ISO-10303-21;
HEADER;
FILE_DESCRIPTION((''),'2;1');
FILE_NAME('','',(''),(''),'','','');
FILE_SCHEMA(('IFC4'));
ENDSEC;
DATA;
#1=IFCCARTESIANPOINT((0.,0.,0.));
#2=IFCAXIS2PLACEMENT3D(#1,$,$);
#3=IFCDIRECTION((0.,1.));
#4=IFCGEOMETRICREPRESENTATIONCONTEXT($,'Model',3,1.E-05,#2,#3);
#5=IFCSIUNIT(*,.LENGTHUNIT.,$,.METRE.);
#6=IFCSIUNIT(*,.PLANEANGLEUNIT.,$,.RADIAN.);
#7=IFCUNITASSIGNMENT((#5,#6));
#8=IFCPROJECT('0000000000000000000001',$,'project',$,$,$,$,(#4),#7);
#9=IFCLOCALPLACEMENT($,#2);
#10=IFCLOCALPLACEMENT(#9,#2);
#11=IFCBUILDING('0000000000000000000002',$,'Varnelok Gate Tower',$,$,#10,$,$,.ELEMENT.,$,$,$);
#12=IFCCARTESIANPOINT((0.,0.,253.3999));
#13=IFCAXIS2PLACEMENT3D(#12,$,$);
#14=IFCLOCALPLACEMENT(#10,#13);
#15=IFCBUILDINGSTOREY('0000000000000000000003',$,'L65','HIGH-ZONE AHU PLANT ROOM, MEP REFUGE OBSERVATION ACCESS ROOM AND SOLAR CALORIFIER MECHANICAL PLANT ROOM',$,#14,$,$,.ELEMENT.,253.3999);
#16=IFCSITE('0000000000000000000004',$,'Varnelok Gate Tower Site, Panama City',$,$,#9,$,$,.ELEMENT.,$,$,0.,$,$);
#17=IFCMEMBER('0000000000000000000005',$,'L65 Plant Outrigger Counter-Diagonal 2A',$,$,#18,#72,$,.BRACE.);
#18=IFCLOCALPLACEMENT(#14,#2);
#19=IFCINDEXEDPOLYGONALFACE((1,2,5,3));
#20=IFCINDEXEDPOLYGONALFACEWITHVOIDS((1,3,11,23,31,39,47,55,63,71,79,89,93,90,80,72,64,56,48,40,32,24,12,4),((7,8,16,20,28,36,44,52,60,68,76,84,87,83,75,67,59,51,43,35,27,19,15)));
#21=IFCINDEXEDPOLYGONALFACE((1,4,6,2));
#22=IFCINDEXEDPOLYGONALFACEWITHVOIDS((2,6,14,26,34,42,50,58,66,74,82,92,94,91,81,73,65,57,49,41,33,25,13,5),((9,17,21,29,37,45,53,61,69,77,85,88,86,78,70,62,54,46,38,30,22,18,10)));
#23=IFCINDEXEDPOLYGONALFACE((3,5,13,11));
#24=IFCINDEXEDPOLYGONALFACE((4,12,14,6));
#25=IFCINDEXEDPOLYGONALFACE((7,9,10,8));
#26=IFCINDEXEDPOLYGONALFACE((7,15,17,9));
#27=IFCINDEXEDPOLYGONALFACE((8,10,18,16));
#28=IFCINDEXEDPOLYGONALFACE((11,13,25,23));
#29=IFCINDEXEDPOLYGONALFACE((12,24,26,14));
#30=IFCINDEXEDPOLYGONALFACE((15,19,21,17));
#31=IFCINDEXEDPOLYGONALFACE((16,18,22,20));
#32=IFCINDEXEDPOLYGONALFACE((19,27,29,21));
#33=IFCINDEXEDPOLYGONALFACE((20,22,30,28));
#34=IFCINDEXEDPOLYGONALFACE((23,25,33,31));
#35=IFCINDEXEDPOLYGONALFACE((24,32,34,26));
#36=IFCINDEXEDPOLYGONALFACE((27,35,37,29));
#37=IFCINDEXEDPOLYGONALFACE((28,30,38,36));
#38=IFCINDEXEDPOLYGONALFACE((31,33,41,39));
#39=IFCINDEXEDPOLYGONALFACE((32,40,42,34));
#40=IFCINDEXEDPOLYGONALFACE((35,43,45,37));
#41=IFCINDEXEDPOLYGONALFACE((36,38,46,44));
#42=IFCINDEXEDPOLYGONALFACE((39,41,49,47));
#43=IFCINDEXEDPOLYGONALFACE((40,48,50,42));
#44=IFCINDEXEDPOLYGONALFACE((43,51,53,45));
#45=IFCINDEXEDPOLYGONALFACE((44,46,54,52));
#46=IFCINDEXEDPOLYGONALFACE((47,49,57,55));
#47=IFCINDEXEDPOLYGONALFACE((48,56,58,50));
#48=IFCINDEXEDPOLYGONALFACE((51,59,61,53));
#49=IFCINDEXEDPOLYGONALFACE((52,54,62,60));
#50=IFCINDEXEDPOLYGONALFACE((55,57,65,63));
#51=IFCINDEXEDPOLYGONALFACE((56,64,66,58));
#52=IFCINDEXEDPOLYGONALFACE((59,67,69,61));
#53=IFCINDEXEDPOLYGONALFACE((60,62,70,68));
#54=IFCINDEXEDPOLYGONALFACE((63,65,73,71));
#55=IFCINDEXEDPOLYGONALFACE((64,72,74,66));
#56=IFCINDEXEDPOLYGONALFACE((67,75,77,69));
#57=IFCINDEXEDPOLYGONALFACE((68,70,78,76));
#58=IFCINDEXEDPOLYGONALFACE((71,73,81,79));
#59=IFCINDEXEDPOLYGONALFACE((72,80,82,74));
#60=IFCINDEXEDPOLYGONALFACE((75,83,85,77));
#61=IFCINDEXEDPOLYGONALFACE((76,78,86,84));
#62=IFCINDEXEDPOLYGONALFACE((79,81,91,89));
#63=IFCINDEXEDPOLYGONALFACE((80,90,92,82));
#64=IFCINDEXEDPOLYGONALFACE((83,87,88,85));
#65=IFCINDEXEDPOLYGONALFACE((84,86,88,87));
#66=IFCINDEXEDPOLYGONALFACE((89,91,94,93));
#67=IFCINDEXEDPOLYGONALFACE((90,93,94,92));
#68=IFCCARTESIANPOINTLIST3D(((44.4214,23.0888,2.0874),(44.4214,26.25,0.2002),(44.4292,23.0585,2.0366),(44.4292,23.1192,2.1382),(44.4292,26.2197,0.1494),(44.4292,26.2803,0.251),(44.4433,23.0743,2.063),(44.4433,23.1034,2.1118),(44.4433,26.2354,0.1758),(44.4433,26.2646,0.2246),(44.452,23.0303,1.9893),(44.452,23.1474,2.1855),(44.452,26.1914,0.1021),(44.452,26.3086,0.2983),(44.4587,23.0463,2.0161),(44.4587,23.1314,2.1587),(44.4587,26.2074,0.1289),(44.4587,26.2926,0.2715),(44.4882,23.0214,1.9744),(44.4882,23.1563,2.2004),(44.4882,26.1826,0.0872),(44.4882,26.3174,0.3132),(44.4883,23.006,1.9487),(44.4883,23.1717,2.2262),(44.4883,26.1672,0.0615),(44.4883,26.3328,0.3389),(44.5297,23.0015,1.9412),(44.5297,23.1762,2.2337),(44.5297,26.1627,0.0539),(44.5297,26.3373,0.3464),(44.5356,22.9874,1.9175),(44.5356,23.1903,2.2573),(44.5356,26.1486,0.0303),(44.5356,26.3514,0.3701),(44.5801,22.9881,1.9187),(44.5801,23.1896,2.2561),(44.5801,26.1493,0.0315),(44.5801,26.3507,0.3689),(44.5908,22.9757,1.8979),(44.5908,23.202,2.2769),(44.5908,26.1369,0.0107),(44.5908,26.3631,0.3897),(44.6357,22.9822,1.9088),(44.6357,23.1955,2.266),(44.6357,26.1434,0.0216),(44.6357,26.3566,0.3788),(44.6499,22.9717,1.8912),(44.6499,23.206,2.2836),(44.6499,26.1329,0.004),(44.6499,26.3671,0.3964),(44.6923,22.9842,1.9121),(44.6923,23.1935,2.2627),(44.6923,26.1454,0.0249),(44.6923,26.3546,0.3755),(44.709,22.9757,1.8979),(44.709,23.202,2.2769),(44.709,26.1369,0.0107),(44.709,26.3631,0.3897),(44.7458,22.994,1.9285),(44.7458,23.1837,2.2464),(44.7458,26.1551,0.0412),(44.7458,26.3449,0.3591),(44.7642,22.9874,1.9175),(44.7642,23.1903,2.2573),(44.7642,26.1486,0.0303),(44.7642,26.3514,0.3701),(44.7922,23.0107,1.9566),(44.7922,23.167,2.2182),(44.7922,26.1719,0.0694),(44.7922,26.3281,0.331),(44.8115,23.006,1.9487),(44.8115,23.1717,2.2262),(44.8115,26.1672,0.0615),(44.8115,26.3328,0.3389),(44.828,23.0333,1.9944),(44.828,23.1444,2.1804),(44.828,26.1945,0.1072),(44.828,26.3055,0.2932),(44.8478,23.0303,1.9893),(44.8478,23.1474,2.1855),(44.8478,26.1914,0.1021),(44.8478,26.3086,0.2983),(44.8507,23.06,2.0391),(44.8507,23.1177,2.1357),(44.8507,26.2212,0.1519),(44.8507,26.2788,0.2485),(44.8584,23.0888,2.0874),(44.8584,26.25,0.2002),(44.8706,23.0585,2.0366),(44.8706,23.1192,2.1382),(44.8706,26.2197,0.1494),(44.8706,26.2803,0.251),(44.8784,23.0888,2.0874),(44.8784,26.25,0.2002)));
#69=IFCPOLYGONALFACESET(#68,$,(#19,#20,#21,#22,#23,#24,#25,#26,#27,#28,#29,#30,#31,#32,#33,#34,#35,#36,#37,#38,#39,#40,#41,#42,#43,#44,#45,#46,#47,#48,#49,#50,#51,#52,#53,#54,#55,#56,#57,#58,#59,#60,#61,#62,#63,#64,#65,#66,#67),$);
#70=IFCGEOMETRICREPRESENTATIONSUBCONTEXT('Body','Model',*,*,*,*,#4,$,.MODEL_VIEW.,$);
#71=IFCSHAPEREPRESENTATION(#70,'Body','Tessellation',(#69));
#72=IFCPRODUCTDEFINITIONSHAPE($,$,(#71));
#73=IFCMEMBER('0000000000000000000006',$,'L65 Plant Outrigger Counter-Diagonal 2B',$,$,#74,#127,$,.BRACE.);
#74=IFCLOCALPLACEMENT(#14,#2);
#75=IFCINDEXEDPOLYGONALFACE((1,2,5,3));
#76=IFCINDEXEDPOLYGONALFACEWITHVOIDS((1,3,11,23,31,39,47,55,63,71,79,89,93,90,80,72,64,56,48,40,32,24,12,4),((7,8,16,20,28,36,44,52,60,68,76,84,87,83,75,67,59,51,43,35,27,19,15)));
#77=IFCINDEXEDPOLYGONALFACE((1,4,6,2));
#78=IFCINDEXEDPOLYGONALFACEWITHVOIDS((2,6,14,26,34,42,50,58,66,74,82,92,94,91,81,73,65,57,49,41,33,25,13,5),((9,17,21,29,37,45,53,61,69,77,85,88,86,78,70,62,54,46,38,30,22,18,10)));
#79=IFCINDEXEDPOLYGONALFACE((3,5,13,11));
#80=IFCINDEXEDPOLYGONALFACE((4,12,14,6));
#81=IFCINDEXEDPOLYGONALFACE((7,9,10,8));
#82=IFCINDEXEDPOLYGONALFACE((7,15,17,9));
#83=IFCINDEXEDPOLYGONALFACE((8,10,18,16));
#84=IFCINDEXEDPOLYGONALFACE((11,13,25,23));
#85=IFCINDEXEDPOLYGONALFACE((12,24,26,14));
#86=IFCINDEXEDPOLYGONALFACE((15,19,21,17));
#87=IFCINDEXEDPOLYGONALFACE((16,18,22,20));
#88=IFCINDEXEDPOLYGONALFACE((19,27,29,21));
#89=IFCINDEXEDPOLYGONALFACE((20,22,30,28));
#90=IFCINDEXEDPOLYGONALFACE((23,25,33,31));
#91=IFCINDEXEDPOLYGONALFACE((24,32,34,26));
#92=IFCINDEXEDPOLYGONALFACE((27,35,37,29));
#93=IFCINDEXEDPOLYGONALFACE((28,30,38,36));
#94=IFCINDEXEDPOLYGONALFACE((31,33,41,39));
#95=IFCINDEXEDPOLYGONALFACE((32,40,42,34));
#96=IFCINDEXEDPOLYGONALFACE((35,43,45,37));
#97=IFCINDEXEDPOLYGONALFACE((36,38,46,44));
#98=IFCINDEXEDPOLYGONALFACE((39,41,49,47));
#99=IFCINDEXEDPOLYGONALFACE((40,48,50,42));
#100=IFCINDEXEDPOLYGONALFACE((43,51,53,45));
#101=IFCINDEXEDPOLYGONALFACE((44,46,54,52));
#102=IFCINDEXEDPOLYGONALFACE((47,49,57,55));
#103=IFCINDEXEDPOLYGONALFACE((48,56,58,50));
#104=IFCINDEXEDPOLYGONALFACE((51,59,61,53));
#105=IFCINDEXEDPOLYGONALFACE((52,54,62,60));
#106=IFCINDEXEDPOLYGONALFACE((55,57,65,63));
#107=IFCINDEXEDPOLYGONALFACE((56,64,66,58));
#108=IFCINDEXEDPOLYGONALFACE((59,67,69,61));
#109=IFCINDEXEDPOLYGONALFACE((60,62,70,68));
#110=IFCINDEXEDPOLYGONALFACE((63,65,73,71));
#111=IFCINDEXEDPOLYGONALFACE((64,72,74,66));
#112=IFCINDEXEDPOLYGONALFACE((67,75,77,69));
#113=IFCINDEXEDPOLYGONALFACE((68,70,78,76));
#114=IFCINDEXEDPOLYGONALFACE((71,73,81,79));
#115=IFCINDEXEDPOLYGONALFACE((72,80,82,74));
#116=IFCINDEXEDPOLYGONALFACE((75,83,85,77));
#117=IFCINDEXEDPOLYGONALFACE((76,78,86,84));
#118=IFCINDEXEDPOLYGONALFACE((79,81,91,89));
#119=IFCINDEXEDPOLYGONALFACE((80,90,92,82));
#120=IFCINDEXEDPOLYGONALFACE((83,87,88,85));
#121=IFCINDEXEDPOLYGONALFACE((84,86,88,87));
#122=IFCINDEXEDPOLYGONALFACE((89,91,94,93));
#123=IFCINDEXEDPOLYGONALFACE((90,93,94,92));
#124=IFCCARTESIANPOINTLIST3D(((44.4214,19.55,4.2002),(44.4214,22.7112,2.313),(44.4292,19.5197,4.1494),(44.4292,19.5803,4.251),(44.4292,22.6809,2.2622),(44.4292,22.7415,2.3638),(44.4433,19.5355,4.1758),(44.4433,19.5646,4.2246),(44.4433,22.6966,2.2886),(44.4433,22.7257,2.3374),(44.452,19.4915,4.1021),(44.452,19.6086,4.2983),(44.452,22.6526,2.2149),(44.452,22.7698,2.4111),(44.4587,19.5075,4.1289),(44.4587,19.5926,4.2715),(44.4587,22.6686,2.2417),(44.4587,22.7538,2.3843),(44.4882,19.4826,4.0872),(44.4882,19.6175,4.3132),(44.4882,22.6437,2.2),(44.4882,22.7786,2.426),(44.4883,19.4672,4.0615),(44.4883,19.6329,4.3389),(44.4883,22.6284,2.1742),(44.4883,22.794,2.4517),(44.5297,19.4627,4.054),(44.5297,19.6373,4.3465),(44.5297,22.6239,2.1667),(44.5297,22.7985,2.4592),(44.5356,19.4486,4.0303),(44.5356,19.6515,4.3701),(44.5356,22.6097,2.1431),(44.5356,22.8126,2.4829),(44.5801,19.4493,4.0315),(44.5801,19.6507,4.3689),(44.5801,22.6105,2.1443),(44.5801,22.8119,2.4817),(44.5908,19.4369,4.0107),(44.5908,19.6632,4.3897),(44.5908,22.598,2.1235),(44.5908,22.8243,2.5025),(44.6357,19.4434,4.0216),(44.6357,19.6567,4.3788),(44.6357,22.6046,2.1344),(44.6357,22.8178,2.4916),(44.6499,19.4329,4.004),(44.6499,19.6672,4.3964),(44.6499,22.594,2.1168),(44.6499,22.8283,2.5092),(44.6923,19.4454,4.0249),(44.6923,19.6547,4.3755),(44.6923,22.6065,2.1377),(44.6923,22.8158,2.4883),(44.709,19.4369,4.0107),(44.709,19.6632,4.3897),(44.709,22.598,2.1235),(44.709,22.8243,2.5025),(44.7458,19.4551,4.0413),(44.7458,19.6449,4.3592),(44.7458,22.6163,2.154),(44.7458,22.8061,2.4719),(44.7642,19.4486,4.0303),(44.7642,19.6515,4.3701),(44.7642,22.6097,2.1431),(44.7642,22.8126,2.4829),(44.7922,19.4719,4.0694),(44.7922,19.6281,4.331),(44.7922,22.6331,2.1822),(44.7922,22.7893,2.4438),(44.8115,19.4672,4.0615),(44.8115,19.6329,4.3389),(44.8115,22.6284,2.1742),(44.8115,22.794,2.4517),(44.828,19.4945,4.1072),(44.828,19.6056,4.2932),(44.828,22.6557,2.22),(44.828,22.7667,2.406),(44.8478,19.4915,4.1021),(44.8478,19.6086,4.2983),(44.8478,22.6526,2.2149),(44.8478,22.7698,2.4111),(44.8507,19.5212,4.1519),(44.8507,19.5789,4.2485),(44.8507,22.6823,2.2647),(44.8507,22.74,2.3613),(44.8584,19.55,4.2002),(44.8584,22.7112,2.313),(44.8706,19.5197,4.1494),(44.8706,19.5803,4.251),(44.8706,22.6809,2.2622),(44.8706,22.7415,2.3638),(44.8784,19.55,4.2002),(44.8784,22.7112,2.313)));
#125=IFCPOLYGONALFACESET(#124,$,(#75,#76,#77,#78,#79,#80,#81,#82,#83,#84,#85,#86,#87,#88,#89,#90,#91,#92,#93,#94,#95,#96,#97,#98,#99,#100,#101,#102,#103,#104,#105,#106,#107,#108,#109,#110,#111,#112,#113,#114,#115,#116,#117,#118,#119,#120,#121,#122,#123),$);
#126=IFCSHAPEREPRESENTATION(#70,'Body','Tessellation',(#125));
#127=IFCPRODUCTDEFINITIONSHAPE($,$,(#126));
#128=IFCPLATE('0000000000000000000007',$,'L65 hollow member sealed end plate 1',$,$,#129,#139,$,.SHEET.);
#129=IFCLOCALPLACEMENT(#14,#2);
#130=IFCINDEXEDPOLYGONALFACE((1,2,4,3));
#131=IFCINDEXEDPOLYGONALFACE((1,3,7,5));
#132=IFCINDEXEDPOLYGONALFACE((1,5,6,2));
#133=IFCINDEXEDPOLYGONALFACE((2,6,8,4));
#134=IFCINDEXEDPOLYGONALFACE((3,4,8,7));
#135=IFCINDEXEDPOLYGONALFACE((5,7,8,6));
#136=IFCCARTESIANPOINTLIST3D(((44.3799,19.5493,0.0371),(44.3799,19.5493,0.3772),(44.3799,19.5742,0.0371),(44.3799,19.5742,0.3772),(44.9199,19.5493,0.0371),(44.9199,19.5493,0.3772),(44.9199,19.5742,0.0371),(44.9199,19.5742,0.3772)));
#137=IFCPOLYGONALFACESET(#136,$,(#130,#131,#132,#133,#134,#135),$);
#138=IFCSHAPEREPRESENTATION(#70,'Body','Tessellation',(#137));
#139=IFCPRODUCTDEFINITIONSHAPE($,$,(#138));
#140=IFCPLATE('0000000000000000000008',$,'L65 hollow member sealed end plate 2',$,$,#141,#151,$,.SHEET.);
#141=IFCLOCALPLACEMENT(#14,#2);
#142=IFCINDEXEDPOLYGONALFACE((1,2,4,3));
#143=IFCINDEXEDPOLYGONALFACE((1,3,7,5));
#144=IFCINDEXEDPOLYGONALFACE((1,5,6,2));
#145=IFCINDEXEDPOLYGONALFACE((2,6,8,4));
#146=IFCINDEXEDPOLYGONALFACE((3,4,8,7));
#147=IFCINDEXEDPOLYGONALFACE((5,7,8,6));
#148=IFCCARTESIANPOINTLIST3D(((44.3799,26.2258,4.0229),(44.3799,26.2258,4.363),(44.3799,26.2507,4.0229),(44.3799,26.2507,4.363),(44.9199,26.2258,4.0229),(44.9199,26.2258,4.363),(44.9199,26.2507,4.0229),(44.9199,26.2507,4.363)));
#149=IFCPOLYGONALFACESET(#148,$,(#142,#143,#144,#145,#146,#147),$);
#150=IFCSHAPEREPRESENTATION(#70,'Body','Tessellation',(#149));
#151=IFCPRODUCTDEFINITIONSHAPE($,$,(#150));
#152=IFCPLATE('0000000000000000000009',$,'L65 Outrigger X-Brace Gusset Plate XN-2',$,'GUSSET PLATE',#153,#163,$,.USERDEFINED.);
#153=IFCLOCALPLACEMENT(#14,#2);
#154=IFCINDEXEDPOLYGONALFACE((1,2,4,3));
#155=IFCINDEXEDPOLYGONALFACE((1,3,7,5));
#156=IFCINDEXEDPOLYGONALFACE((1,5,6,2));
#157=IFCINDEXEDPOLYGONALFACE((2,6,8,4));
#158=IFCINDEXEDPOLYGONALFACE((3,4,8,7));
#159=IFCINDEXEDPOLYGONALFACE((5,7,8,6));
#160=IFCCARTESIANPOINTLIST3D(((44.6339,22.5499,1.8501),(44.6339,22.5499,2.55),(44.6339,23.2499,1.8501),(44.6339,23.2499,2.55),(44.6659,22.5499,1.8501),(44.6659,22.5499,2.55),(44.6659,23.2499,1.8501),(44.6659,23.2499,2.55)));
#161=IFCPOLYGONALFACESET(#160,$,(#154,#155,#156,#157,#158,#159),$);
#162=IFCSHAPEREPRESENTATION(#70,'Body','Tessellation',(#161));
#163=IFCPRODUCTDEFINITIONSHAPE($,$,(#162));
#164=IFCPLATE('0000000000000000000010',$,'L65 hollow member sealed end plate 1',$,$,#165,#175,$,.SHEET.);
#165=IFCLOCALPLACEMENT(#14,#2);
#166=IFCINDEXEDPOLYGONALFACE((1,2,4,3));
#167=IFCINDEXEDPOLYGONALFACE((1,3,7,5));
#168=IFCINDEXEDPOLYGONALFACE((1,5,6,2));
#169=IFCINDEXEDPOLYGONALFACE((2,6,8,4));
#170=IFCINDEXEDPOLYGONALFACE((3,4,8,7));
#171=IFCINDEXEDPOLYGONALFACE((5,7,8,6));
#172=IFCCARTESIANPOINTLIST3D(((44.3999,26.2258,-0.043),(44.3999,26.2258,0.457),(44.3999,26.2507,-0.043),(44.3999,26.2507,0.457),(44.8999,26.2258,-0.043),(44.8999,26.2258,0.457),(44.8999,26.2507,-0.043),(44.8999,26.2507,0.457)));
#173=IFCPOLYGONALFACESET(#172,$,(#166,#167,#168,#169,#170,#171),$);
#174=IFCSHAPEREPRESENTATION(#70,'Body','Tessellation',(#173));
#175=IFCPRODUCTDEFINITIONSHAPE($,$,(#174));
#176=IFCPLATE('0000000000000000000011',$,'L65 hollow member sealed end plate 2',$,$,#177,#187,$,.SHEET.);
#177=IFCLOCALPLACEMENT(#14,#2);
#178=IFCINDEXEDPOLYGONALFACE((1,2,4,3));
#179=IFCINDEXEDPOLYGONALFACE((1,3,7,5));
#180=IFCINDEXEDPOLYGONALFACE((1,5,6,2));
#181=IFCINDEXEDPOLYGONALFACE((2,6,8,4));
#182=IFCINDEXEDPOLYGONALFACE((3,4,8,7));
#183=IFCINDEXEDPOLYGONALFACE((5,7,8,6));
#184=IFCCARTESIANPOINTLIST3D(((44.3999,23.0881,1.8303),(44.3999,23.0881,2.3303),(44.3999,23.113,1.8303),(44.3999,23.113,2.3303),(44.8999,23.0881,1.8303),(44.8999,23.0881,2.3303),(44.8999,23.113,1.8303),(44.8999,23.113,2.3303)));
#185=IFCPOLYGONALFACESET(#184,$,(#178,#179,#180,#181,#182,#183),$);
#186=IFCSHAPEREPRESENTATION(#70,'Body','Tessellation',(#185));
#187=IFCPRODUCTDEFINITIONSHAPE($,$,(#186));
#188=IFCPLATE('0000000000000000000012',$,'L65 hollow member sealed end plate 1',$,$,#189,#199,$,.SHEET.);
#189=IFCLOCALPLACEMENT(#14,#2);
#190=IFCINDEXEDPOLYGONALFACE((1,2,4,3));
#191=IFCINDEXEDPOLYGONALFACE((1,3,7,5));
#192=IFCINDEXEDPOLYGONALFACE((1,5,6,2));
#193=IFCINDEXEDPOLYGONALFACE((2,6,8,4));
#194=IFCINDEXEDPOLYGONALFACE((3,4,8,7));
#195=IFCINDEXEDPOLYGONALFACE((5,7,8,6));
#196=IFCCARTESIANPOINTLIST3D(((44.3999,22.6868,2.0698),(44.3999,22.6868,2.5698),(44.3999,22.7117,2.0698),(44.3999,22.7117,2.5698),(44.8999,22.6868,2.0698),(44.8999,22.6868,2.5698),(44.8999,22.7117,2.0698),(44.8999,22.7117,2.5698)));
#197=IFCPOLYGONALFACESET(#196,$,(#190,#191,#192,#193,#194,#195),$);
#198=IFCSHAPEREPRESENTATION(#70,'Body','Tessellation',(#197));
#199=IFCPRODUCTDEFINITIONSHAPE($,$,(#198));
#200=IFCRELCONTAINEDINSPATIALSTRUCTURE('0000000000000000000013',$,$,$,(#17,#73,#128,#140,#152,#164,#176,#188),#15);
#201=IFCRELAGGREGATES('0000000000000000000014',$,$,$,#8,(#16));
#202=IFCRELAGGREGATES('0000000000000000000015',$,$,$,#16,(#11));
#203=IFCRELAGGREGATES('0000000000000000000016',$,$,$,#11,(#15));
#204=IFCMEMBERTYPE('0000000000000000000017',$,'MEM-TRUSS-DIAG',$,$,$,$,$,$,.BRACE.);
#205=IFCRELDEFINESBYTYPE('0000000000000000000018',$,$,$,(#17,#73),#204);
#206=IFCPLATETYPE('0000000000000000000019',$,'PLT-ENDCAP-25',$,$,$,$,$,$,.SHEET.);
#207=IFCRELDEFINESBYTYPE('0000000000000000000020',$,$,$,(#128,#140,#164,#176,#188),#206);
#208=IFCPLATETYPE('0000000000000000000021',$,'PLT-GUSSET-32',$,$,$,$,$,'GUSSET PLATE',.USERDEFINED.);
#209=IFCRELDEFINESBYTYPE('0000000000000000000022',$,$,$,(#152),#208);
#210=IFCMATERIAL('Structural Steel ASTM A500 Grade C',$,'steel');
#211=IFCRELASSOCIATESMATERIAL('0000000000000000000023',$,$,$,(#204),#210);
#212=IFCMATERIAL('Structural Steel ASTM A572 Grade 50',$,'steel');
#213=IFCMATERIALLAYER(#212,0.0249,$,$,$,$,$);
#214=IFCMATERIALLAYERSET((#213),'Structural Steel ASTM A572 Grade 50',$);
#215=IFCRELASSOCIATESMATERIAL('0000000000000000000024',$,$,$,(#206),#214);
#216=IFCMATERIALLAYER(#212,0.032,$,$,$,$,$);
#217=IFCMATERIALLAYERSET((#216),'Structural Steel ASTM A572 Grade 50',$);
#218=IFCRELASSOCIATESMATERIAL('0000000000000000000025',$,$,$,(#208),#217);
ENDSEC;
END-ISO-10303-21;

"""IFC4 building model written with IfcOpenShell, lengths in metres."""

from ifc_helpers import new_model, si_unit, direction, frame, origin, origin_2d, place, context, subcontext, project, spatial, rectangle, hollow_circle, extrude, source, transform, mapped, material, layer, layer_set, material_profile, profile_set, type_object, element, save


model = new_model("IFC4")

# Units and contexts
model_context = context("Model", 3, precision=1e-05, world=origin(), true_north=direction((0.0, 1.0)))
body_context = subcontext(model_context, "Body", "Model", "MODEL_VIEW")
ifc_project = project(units=[si_unit("LENGTHUNIT", "METRE"), si_unit("PLANEANGLEUNIT", "RADIAN")], contexts=[model_context])

# Site, building, storey
site_placement = place(None, origin())
site = spatial("IfcSite", under=ifc_project, at=site_placement, Name="Varnelok Gate Tower Site, Panama City", CompositionType="ELEMENT", RefElevation=0.0)
building_placement = place(site_placement, origin())
building = spatial("IfcBuilding", under=site, at=building_placement, Name="Varnelok Gate Tower", CompositionType="ELEMENT")
storey_placement = place(building_placement, frame((0.0, 0.0, 253.3999)))
storey = spatial("IfcBuildingStorey", under=building, at=storey_placement, Name="L65", Description="HIGH-ZONE AHU PLANT ROOM, MEP REFUGE OBSERVATION ACCESS ROOM AND SOLAR CALORIFIER MECHANICAL PLANT ROOM", CompositionType="ELEMENT", Elevation=253.3999)

# Shared definitions
ifc_material_1 = material(Name="Structural Steel ASTM A572 Grade 50", Category="steel")

# Members
ifc_material_2 = material(Name="Structural Steel ASTM A500 Grade C", Category="steel")
ifc_material_profile_1 = material_profile(ifc_material_2, hollow_circle(Radius=0.2285, WallThickness=0.02, at=origin_2d()), Name="CHS457X20")
ifc_profile_set_1 = profile_set([ifc_material_profile_1], Name="Structural Steel ASTM A500 Grade C")
member_type_1 = type_object("IfcMemberType", Name="MEM-TRUSS-DIAG", PredefinedType="BRACE", material=ifc_profile_set_1)
for number, where, z_axis, x_axis, name in (
    (1, (44.6499, 26.25, 0.2002), (0.0, -0.858626, 0.512603), (1.0, 0.0, 0.0), "L65 Plant Outrigger Counter-Diagonal 2A"),
    (2, (44.6499, 22.7112, 2.313), (0.0, -0.858626, 0.512603), (1.0, 0.0, 0.0), "L65 Plant Outrigger Counter-Diagonal 2B"),
):
    element("IfcMember", number, at=place(storey_placement, frame(where, z_axis=z_axis, x_axis=x_axis)), inside=storey, type_object=member_type_1, Name=name, PredefinedType="BRACE", context=body_context, shape_type="SweptSolid", body=[
        extrude(hollow_circle(Radius=0.2285, WallThickness=0.02, at=origin_2d()), origin(), (0.0, 0.0, 1.0), 3.6816),
    ])

# Plates
ifc_layer_1 = layer(ifc_material_1, 0.0249)
ifc_layer_set_1 = layer_set([ifc_layer_1], Name="Structural Steel ASTM A572 Grade 50")
plate_type_1 = type_object("IfcPlateType", Name="PLT-ENDCAP-25", PredefinedType="SHEET", material=ifc_layer_set_1)
shared_shape_1 = source(origin(), body_context, "Body", "SweptSolid", [
    extrude(rectangle(XDim=0.0249, YDim=0.54, at=origin_2d()), origin(), (0.0, 0.0, 1.0), 0.3401),
])
for number, where, z_axis, x_axis, name in (
    (3, (44.6499, 19.5618, 0.0371), (0.0, 0.0, 1.0), (0.0, 1.0, 0.0), "L65 hollow member sealed end plate 1"),
    (4, (44.6499, 26.2383, 4.0229), (0.0, 0.0, 1.0), (0.0, 1.0, 0.0), "L65 hollow member sealed end plate 2"),
):
    element("IfcPlate", number, at=place(storey_placement, frame(where, z_axis=z_axis, x_axis=x_axis)), inside=storey, type_object=plate_type_1, Name=name, PredefinedType="SHEET", context=body_context, shape_type="MappedRepresentation", body=[
        mapped(shared_shape_1, transform((0.0, 0.0, 0.0), scale=1.0)),
    ])
ifc_layer_2 = layer(ifc_material_1, 0.032)
ifc_layer_set_2 = layer_set([ifc_layer_2], Name="Structural Steel ASTM A572 Grade 50")
plate_type_2 = type_object("IfcPlateType", Name="PLT-GUSSET-32", ElementType="GUSSET PLATE", PredefinedType="USERDEFINED", material=ifc_layer_set_2)
shared_shape_2 = source(origin(), body_context, "Body", "SweptSolid", [
    extrude(rectangle(XDim=0.7, YDim=0.032, at=origin_2d()), origin(), (0.0, 0.0, 1.0), 0.7),
])
plate_placement = place(storey_placement, frame((44.6499, 22.8999, 1.8501), z_axis=(0.0, 0.0, 1.0), x_axis=(0.0, -1.0, 0.0)))
element("IfcPlate", 5, at=plate_placement, inside=storey, type_object=plate_type_2, Name="L65 Outrigger X-Brace Gusset Plate XN-2", ObjectType="GUSSET PLATE", PredefinedType="USERDEFINED", context=body_context, shape_type="MappedRepresentation", body=[
    mapped(shared_shape_2, transform((0.0, 0.0, 0.0), scale=1.0)),
])
shared_shape_3 = source(origin(), body_context, "Body", "SweptSolid", [
    extrude(rectangle(XDim=0.0249, YDim=0.5, at=origin_2d()), origin(), (0.0, 0.0, 1.0), 0.5),
])
for number, where, z_axis, x_axis, name in (
    (6, (44.6499, 26.2383, -0.043), (0.0, 0.0, 1.0), (0.0, -1.0, 0.0), "L65 hollow member sealed end plate 1"),
    (7, (44.6499, 23.1006, 1.8303), (0.0, 0.0, 1.0), (0.0, -1.0, 0.0), "L65 hollow member sealed end plate 2"),
    (8, (44.6499, 22.6992, 2.0698), (0.0, 0.0, 1.0), (0.0, -1.0, 0.0), "L65 hollow member sealed end plate 1"),
):
    element("IfcPlate", number, at=place(storey_placement, frame(where, z_axis=z_axis, x_axis=x_axis)), inside=storey, type_object=plate_type_1, Name=name, PredefinedType="SHEET", context=body_context, shape_type="MappedRepresentation", body=[
        mapped(shared_shape_3, transform((0.0, 0.0, 0.0), scale=1.0)),
    ])

save(model, "model.ifc")
